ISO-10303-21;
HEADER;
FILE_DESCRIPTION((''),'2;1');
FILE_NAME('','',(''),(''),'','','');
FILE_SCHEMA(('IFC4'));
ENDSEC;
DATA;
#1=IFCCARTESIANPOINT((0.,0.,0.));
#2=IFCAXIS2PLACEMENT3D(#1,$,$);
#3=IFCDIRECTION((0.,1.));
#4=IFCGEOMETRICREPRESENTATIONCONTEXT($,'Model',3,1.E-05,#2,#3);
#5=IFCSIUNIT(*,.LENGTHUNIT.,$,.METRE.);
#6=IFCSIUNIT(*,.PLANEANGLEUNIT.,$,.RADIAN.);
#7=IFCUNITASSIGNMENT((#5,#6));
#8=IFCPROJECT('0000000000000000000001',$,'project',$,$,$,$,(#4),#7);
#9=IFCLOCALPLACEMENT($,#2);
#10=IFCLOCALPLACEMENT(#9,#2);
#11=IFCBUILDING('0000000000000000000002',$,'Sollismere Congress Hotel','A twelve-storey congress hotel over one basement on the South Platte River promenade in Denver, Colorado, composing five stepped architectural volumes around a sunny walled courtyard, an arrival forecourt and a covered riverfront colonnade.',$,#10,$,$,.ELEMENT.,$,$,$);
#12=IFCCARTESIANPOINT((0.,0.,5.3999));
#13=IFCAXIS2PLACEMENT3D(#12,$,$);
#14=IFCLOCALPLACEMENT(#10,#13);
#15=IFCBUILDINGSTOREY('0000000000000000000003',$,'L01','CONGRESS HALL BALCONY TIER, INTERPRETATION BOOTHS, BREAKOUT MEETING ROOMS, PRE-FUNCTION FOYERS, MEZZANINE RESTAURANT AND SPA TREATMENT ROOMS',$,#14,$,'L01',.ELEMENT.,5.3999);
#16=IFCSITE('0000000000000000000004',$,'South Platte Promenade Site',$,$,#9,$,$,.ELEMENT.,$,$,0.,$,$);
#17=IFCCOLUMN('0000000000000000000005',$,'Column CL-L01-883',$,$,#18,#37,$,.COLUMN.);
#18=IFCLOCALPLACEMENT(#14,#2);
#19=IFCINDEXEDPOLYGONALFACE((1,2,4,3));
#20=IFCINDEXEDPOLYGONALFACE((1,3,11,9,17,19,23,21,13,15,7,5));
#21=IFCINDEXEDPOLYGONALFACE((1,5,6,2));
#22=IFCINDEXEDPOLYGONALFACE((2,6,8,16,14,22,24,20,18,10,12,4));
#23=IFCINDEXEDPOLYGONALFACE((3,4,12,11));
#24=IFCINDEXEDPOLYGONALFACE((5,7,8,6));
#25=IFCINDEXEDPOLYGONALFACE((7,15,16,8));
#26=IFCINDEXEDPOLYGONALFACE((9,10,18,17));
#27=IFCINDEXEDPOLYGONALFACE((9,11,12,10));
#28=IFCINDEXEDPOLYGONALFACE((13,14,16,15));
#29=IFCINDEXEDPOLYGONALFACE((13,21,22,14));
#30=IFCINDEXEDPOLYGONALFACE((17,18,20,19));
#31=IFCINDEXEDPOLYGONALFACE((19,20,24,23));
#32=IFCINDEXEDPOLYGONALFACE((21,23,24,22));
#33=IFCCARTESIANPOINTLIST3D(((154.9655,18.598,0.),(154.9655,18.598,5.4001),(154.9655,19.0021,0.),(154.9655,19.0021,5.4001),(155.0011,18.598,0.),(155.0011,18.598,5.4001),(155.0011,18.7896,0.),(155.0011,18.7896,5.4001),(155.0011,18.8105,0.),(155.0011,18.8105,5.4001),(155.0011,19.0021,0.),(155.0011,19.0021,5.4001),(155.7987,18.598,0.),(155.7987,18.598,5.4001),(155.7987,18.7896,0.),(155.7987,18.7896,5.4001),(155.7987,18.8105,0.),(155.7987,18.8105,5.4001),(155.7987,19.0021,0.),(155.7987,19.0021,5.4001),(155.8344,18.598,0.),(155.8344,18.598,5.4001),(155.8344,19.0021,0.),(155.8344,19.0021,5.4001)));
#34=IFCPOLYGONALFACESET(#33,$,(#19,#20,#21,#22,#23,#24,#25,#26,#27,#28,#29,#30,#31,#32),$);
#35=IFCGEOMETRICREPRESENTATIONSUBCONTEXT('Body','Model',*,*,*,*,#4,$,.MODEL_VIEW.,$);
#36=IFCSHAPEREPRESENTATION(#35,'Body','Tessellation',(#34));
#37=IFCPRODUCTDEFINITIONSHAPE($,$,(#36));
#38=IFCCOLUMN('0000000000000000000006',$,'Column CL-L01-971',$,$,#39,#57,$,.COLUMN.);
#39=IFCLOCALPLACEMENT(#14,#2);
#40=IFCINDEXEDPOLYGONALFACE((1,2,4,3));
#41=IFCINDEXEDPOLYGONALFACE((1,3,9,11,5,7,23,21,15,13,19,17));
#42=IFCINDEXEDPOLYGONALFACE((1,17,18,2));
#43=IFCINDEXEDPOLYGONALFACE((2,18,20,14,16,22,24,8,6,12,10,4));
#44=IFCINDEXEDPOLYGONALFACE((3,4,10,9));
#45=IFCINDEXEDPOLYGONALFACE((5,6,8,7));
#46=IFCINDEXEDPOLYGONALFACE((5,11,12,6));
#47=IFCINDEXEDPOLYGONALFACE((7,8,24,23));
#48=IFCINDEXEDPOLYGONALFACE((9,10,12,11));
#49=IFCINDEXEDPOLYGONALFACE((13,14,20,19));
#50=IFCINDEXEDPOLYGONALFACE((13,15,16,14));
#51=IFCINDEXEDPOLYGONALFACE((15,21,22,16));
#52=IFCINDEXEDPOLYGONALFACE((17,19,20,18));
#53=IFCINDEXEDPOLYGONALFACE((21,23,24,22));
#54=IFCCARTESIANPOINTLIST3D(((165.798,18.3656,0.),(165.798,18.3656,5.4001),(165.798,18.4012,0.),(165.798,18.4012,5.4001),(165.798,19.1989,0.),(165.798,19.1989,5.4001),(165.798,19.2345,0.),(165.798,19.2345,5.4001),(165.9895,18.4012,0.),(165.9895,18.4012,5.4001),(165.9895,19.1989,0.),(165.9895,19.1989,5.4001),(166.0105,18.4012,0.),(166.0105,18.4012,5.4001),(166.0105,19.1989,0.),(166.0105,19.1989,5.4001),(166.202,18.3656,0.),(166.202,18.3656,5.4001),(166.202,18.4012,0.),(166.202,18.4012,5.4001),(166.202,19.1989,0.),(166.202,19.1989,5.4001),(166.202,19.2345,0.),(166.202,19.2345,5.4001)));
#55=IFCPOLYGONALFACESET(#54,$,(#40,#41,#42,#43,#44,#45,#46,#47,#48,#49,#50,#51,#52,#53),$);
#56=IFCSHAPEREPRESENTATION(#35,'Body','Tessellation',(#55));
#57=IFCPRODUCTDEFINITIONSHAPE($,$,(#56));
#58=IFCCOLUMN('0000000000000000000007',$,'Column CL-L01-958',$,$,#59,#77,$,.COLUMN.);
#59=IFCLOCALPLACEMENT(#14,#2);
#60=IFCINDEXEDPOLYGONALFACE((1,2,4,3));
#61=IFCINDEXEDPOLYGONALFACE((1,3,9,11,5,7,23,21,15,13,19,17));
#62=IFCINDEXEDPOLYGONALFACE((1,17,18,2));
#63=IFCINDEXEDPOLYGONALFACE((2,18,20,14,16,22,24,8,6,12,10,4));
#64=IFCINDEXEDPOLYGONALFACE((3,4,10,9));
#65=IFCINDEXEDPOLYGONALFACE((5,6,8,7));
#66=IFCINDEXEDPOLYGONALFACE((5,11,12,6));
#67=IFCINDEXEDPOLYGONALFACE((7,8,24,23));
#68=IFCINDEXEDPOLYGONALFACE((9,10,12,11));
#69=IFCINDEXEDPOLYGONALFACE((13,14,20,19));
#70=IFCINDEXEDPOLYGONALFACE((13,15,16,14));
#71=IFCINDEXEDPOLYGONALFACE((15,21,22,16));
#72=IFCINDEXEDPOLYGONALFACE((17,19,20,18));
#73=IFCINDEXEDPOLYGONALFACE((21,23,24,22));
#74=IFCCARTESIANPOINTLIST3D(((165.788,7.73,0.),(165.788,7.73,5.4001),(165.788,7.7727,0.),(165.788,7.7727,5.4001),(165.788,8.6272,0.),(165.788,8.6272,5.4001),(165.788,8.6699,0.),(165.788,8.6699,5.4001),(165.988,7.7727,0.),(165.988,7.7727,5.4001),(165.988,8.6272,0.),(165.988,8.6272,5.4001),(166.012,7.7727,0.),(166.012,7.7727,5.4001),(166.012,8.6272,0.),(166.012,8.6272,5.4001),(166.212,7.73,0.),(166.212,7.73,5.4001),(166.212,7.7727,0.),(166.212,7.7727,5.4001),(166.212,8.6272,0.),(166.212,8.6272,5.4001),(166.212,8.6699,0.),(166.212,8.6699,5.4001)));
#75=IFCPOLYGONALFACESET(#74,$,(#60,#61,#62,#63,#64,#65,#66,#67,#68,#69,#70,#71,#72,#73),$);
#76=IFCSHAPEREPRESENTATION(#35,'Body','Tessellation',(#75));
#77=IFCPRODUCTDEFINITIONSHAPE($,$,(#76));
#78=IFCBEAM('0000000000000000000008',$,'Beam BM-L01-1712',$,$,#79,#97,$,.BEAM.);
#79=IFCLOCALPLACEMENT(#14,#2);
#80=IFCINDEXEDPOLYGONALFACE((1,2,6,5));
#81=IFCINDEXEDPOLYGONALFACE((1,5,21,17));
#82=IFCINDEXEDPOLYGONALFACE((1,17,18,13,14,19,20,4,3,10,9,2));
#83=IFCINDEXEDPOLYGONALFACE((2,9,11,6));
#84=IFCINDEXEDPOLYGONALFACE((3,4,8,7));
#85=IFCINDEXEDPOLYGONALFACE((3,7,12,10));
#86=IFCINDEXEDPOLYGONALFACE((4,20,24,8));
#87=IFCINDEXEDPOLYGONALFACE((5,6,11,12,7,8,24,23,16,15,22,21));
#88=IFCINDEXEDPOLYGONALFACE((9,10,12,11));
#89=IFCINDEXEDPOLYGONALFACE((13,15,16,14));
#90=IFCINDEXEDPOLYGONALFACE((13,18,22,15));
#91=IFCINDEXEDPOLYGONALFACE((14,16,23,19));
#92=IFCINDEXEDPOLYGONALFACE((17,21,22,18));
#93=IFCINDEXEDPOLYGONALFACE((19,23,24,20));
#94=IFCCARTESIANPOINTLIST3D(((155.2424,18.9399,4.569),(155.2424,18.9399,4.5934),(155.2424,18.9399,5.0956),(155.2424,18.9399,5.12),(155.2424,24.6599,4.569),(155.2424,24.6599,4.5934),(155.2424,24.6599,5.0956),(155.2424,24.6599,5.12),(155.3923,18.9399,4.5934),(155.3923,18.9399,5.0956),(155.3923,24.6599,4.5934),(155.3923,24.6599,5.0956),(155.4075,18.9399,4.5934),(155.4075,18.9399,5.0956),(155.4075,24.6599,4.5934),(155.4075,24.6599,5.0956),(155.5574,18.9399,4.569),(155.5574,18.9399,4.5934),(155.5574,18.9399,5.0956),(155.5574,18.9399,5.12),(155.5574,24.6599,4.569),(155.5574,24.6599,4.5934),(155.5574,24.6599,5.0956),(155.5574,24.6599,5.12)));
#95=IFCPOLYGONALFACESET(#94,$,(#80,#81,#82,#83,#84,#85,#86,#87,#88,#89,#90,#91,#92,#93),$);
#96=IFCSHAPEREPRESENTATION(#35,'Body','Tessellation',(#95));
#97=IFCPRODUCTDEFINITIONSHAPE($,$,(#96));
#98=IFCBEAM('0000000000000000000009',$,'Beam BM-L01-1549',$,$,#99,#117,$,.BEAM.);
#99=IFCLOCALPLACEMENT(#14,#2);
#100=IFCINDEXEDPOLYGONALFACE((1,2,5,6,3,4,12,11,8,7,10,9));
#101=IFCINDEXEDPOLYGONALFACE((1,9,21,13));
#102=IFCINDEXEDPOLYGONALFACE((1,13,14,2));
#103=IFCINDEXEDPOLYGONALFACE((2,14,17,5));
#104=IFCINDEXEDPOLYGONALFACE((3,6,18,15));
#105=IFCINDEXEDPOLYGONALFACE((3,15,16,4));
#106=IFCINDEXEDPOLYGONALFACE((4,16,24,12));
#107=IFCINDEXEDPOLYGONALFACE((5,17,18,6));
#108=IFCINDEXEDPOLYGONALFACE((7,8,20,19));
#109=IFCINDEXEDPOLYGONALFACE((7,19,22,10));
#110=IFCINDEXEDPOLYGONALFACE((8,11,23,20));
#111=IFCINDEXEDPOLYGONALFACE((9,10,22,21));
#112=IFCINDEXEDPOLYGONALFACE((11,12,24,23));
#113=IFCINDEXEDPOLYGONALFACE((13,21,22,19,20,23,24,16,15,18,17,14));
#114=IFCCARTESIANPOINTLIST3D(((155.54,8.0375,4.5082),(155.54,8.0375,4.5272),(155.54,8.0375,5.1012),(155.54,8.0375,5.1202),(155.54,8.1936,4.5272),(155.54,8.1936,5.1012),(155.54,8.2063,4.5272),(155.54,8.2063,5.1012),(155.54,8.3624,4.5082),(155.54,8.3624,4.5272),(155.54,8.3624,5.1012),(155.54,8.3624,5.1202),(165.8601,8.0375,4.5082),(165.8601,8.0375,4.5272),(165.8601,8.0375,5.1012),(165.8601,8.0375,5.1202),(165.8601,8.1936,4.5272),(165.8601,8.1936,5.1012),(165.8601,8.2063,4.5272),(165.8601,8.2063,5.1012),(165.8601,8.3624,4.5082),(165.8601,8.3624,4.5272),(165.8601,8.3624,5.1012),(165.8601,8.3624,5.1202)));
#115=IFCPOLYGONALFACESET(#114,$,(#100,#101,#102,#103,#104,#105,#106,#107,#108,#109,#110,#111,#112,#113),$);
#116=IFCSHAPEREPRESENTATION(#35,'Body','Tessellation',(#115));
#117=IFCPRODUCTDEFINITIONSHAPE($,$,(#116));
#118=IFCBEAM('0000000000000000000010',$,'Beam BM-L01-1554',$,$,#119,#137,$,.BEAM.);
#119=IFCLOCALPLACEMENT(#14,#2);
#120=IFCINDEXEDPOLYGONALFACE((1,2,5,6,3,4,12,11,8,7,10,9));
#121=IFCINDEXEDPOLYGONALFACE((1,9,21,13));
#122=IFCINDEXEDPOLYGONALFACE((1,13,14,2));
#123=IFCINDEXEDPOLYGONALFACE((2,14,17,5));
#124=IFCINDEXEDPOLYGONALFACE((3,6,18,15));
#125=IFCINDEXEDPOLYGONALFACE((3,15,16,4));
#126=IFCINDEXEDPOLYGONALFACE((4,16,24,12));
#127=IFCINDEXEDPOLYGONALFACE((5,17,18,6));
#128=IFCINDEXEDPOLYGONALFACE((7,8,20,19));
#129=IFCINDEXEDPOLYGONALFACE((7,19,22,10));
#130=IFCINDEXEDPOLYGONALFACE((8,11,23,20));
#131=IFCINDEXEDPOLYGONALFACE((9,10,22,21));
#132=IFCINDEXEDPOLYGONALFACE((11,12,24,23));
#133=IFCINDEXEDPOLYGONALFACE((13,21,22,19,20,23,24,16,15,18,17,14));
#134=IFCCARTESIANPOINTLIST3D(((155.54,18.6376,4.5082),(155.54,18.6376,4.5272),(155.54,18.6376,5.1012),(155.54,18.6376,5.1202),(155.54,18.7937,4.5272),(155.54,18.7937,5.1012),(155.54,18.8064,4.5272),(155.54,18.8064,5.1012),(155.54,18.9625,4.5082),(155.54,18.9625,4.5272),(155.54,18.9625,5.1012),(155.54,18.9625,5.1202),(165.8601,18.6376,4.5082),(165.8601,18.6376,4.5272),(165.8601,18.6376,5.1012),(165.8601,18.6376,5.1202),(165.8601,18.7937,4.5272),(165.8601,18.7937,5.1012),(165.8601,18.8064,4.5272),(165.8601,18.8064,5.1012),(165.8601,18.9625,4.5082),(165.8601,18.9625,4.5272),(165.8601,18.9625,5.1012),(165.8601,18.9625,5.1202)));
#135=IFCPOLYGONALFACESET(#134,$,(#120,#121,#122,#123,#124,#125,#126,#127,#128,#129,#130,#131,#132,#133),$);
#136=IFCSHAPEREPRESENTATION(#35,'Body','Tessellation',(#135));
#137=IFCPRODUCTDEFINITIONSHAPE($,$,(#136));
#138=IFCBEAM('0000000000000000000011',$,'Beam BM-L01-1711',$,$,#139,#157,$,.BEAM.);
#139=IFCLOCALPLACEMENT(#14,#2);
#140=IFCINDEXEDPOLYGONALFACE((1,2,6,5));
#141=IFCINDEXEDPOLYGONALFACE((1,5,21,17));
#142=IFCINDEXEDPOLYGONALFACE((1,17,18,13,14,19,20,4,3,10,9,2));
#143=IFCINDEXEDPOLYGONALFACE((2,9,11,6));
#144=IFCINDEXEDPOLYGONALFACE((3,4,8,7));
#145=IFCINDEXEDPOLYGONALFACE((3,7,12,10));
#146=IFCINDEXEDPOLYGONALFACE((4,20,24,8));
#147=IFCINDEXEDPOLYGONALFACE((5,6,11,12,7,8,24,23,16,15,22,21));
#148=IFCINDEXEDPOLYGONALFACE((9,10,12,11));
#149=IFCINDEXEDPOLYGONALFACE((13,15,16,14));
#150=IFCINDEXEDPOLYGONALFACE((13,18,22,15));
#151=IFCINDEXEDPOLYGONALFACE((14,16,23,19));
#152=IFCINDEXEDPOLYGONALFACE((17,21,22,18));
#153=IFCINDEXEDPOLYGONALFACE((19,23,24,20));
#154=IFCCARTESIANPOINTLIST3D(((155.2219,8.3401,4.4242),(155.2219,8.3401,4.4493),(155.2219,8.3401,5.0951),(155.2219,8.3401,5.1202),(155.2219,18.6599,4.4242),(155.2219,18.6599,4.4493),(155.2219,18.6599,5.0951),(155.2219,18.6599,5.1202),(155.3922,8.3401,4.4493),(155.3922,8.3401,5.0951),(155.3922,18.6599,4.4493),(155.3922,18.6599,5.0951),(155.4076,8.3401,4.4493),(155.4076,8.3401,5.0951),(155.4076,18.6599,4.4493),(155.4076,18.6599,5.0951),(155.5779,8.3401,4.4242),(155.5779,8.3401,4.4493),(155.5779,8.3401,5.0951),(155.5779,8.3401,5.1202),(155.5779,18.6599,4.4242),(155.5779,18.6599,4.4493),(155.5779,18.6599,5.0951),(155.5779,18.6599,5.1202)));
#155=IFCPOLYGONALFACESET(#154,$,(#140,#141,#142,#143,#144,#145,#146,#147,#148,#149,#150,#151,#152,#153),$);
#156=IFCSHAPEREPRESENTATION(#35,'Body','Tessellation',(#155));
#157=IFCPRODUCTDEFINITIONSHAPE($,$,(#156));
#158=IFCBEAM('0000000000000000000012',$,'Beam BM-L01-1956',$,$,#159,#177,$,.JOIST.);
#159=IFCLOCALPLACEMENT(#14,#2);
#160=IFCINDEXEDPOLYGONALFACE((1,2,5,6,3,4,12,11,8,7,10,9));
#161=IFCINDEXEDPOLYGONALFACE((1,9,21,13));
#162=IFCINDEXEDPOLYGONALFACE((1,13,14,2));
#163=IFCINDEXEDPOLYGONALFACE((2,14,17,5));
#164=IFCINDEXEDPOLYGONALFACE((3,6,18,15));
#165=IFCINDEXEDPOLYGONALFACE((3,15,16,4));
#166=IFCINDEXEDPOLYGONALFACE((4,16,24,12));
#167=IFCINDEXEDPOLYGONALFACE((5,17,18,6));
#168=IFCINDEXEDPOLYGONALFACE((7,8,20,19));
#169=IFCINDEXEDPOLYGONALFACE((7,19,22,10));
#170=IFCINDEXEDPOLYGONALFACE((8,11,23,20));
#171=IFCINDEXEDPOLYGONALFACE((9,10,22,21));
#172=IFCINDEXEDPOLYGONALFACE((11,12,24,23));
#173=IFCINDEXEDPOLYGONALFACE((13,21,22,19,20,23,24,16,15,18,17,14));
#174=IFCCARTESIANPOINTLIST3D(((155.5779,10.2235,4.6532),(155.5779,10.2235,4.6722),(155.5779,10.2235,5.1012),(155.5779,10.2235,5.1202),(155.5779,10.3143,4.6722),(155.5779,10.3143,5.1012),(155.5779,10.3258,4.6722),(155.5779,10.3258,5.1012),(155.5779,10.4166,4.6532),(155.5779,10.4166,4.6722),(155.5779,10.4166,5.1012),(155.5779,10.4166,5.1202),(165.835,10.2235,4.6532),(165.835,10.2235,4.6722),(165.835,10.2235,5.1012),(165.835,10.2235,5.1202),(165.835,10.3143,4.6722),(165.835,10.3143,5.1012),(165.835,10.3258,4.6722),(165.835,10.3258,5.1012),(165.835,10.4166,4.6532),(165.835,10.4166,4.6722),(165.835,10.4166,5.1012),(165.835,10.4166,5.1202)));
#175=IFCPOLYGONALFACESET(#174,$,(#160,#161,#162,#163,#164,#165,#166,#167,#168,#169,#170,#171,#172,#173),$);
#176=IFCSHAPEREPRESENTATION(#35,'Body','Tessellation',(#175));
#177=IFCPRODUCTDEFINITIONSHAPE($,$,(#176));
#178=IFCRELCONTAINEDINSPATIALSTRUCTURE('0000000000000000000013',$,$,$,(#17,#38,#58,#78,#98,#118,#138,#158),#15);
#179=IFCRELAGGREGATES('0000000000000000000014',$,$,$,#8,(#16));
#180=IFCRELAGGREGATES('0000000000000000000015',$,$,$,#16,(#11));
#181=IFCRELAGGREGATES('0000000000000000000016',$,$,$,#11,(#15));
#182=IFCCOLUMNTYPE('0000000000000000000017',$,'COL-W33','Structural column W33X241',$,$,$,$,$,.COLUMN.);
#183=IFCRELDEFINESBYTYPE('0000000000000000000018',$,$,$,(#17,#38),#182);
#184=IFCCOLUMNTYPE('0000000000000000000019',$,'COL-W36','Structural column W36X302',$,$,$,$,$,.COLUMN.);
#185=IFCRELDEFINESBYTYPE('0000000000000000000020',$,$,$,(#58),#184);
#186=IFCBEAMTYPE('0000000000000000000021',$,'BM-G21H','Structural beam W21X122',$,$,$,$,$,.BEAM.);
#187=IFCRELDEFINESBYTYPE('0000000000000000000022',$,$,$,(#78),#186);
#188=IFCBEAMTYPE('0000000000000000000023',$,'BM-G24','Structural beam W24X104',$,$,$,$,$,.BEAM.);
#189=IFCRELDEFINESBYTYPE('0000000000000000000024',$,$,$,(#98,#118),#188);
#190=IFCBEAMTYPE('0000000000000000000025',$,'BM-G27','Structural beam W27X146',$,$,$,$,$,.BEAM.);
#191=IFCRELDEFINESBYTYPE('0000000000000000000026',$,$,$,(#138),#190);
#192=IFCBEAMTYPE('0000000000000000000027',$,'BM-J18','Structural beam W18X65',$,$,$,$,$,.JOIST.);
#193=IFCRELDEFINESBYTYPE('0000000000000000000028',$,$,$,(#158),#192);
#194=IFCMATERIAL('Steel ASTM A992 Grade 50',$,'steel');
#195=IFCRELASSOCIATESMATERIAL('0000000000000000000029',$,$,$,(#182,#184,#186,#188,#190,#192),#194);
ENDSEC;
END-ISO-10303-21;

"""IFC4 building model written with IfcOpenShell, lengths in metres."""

from ifc_helpers import new_model, si_unit, direction, frame, origin, origin_2d, place, context, subcontext, project, spatial, i_section, extrude, material, material_profile, profile_set, type_object, element, save


model = new_model("IFC4")

# Units and contexts
model_context = context("Model", 3, precision=1e-05, world=origin(), true_north=direction((0.0, 1.0)))
body_context = subcontext(model_context, "Body", "Model", "MODEL_VIEW")
ifc_project = project(units=[si_unit("LENGTHUNIT", "METRE"), si_unit("PLANEANGLEUNIT", "RADIAN")], contexts=[model_context])

# Site, building, storey
site_placement = place(None, origin())
site = spatial("IfcSite", under=ifc_project, at=site_placement, Name="South Platte Promenade Site", CompositionType="ELEMENT", RefElevation=0.0)
building_placement = place(site_placement, origin())
building = spatial("IfcBuilding", under=site, at=building_placement, Name="Sollismere Congress Hotel", Description="A twelve-storey congress hotel over one basement on the South Platte River promenade in Denver, Colorado, composing five stepped architectural volumes around a sunny walled courtyard, an arrival forecourt and a covered riverfront colonnade.", CompositionType="ELEMENT")
storey_placement = place(building_placement, frame((0.0, 0.0, 5.3999)))
storey = spatial("IfcBuildingStorey", under=building, at=storey_placement, Name="L01", Description="CONGRESS HALL BALCONY TIER, INTERPRETATION BOOTHS, BREAKOUT MEETING ROOMS, PRE-FUNCTION FOYERS, MEZZANINE RESTAURANT AND SPA TREATMENT ROOMS", LongName="L01", CompositionType="ELEMENT", Elevation=5.3999)

# Columns
ifc_material_1 = material(Name="Steel ASTM A992 Grade 50", Category="steel")
ifc_material_profile_1 = material_profile(ifc_material_1, i_section(OverallWidth=0.4041, OverallDepth=0.8689, WebThickness=0.021, FlangeThickness=0.0356, at=origin_2d()), Name="W33X241")
ifc_profile_set_1 = profile_set([ifc_material_profile_1], Name="Steel ASTM A992 Grade 50")
column_type_1 = type_object("IfcColumnType", Name="COL-W33", Description="Structural column W33X241", PredefinedType="COLUMN", material=ifc_profile_set_1)
for number, where, z_axis, x_axis, name in (
    (1, (155.3999, 18.8, 0.0), (0.0, 0.0, 1.0), (0.0, 1.0, 0.0), "Column CL-L01-883"),
    (2, (166.0, 18.8, 0.0), (0.0, 0.0, 1.0), (1.0, 0.0, 0.0), "Column CL-L01-971"),
):
    element("IfcColumn", number, at=place(storey_placement, frame(where, z_axis=z_axis, x_axis=x_axis)), inside=storey, type_object=column_type_1, Name=name, PredefinedType="COLUMN", context=body_context, shape_type="SweptSolid", body=[
        extrude(i_section(OverallWidth=0.4041, OverallDepth=0.8689, WebThickness=0.021, FlangeThickness=0.0356, at=origin_2d()), origin(), (0.0, 0.0, 1.0), 5.4001),
    ])
ifc_material_profile_2 = material_profile(ifc_material_1, i_section(OverallWidth=0.4241, OverallDepth=0.9399, WebThickness=0.0239, FlangeThickness=0.0427, at=origin_2d()), Name="W36X302")
ifc_profile_set_2 = profile_set([ifc_material_profile_2], Name="Steel ASTM A992 Grade 50")
column_type_2 = type_object("IfcColumnType", Name="COL-W36", Description="Structural column W36X302", PredefinedType="COLUMN", material=ifc_profile_set_2)
column_placement = place(storey_placement, frame((166.0, 8.2, 0.0), z_axis=(0.0, 0.0, 1.0), x_axis=(1.0, 0.0, 0.0)))
element("IfcColumn", 3, at=column_placement, inside=storey, type_object=column_type_2, Name="Column CL-L01-958", PredefinedType="COLUMN", context=body_context, shape_type="SweptSolid", body=[
    extrude(i_section(OverallWidth=0.4241, OverallDepth=0.9399, WebThickness=0.0239, FlangeThickness=0.0427, at=origin_2d()), origin(), (0.0, 0.0, 1.0), 5.4001),
])

# Beams
ifc_material_profile_3 = material_profile(ifc_material_1, i_section(OverallWidth=0.3149, OverallDepth=0.551, WebThickness=0.0151, FlangeThickness=0.0244, at=origin_2d()), Name="W21X122")
ifc_profile_set_3 = profile_set([ifc_material_profile_3], Name="Steel ASTM A992 Grade 50")
beam_type_1 = type_object("IfcBeamType", Name="BM-G21H", Description="Structural beam W21X122", PredefinedType="BEAM", material=ifc_profile_set_3)
beam_1_placement = place(storey_placement, frame((155.3999, 18.9399, 4.8445), z_axis=(0.0, 1.0, 0.0), x_axis=(-1.0, 0.0, 0.0)))
element("IfcBeam", 4, at=beam_1_placement, inside=storey, type_object=beam_type_1, Name="Beam BM-L01-1712", PredefinedType="BEAM", context=body_context, shape_type="SweptSolid", body=[
    extrude(i_section(OverallWidth=0.3149, OverallDepth=0.551, WebThickness=0.0151, FlangeThickness=0.0244, at=origin_2d()), origin(), (0.0, 0.0, 1.0), 5.72),
])
ifc_material_profile_4 = material_profile(ifc_material_1, i_section(OverallWidth=0.325, OverallDepth=0.6121, WebThickness=0.0127, FlangeThickness=0.019, at=origin_2d()), Name="W24X104")
ifc_profile_set_4 = profile_set([ifc_material_profile_4], Name="Steel ASTM A992 Grade 50")
beam_type_2 = type_object("IfcBeamType", Name="BM-G24", Description="Structural beam W24X104", PredefinedType="BEAM", material=ifc_profile_set_4)
for number, where, z_axis, x_axis, name in (
    (5, (155.54, 8.2, 4.8142), (1.0, 0.0, 0.0), (0.0, 1.0, 0.0), "Beam BM-L01-1549"),
    (6, (155.54, 18.8, 4.8142), (1.0, 0.0, 0.0), (0.0, 1.0, 0.0), "Beam BM-L01-1554"),
):
    element("IfcBeam", number, at=place(storey_placement, frame(where, z_axis=z_axis, x_axis=x_axis)), inside=storey, type_object=beam_type_2, Name=name, PredefinedType="BEAM", context=body_context, shape_type="SweptSolid", body=[
        extrude(i_section(OverallWidth=0.325, OverallDepth=0.6121, WebThickness=0.0127, FlangeThickness=0.019, at=origin_2d()), origin(), (0.0, 0.0, 1.0), 10.3201),
    ])
ifc_material_profile_5 = material_profile(ifc_material_1, i_section(OverallWidth=0.356, OverallDepth=0.696, WebThickness=0.0154, FlangeThickness=0.0251, at=origin_2d()), Name="W27X146")
ifc_profile_set_5 = profile_set([ifc_material_profile_5], Name="Steel ASTM A992 Grade 50")
beam_type_3 = type_object("IfcBeamType", Name="BM-G27", Description="Structural beam W27X146", PredefinedType="BEAM", material=ifc_profile_set_5)
beam_2_placement = place(storey_placement, frame((155.3999, 8.3401, 4.7722), z_axis=(0.0, 1.0, 0.0), x_axis=(-1.0, 0.0, 0.0)))
element("IfcBeam", 7, at=beam_2_placement, inside=storey, type_object=beam_type_3, Name="Beam BM-L01-1711", PredefinedType="BEAM", context=body_context, shape_type="SweptSolid", body=[
    extrude(i_section(OverallWidth=0.356, OverallDepth=0.696, WebThickness=0.0154, FlangeThickness=0.0251, at=origin_2d()), origin(), (0.0, 0.0, 1.0), 10.3198),
])
ifc_material_profile_6 = material_profile(ifc_material_1, i_section(OverallWidth=0.1931, OverallDepth=0.467, WebThickness=0.0115, FlangeThickness=0.019, at=origin_2d()), Name="W18X65")
ifc_profile_set_6 = profile_set([ifc_material_profile_6], Name="Steel ASTM A992 Grade 50")
beam_type_4 = type_object("IfcBeamType", Name="BM-J18", Description="Structural beam W18X65", PredefinedType="JOIST", material=ifc_profile_set_6)
for number, where, z_axis, x_axis, name in (
    (8, (155.5779, 10.3201, 4.8867), (1.0, 0.0, 0.0), (0.0, 1.0, 0.0), "Beam BM-L01-1956"),
):
    element("IfcBeam", number, at=place(storey_placement, frame(where, z_axis=z_axis, x_axis=x_axis)), inside=storey, type_object=beam_type_4, Name=name, PredefinedType="JOIST", context=body_context, shape_type="SweptSolid", body=[
        extrude(i_section(OverallWidth=0.1931, OverallDepth=0.467, WebThickness=0.0115, FlangeThickness=0.019, at=origin_2d()), origin(), (0.0, 0.0, 1.0), 10.2571),
    ])

save(model, "model.ifc")
